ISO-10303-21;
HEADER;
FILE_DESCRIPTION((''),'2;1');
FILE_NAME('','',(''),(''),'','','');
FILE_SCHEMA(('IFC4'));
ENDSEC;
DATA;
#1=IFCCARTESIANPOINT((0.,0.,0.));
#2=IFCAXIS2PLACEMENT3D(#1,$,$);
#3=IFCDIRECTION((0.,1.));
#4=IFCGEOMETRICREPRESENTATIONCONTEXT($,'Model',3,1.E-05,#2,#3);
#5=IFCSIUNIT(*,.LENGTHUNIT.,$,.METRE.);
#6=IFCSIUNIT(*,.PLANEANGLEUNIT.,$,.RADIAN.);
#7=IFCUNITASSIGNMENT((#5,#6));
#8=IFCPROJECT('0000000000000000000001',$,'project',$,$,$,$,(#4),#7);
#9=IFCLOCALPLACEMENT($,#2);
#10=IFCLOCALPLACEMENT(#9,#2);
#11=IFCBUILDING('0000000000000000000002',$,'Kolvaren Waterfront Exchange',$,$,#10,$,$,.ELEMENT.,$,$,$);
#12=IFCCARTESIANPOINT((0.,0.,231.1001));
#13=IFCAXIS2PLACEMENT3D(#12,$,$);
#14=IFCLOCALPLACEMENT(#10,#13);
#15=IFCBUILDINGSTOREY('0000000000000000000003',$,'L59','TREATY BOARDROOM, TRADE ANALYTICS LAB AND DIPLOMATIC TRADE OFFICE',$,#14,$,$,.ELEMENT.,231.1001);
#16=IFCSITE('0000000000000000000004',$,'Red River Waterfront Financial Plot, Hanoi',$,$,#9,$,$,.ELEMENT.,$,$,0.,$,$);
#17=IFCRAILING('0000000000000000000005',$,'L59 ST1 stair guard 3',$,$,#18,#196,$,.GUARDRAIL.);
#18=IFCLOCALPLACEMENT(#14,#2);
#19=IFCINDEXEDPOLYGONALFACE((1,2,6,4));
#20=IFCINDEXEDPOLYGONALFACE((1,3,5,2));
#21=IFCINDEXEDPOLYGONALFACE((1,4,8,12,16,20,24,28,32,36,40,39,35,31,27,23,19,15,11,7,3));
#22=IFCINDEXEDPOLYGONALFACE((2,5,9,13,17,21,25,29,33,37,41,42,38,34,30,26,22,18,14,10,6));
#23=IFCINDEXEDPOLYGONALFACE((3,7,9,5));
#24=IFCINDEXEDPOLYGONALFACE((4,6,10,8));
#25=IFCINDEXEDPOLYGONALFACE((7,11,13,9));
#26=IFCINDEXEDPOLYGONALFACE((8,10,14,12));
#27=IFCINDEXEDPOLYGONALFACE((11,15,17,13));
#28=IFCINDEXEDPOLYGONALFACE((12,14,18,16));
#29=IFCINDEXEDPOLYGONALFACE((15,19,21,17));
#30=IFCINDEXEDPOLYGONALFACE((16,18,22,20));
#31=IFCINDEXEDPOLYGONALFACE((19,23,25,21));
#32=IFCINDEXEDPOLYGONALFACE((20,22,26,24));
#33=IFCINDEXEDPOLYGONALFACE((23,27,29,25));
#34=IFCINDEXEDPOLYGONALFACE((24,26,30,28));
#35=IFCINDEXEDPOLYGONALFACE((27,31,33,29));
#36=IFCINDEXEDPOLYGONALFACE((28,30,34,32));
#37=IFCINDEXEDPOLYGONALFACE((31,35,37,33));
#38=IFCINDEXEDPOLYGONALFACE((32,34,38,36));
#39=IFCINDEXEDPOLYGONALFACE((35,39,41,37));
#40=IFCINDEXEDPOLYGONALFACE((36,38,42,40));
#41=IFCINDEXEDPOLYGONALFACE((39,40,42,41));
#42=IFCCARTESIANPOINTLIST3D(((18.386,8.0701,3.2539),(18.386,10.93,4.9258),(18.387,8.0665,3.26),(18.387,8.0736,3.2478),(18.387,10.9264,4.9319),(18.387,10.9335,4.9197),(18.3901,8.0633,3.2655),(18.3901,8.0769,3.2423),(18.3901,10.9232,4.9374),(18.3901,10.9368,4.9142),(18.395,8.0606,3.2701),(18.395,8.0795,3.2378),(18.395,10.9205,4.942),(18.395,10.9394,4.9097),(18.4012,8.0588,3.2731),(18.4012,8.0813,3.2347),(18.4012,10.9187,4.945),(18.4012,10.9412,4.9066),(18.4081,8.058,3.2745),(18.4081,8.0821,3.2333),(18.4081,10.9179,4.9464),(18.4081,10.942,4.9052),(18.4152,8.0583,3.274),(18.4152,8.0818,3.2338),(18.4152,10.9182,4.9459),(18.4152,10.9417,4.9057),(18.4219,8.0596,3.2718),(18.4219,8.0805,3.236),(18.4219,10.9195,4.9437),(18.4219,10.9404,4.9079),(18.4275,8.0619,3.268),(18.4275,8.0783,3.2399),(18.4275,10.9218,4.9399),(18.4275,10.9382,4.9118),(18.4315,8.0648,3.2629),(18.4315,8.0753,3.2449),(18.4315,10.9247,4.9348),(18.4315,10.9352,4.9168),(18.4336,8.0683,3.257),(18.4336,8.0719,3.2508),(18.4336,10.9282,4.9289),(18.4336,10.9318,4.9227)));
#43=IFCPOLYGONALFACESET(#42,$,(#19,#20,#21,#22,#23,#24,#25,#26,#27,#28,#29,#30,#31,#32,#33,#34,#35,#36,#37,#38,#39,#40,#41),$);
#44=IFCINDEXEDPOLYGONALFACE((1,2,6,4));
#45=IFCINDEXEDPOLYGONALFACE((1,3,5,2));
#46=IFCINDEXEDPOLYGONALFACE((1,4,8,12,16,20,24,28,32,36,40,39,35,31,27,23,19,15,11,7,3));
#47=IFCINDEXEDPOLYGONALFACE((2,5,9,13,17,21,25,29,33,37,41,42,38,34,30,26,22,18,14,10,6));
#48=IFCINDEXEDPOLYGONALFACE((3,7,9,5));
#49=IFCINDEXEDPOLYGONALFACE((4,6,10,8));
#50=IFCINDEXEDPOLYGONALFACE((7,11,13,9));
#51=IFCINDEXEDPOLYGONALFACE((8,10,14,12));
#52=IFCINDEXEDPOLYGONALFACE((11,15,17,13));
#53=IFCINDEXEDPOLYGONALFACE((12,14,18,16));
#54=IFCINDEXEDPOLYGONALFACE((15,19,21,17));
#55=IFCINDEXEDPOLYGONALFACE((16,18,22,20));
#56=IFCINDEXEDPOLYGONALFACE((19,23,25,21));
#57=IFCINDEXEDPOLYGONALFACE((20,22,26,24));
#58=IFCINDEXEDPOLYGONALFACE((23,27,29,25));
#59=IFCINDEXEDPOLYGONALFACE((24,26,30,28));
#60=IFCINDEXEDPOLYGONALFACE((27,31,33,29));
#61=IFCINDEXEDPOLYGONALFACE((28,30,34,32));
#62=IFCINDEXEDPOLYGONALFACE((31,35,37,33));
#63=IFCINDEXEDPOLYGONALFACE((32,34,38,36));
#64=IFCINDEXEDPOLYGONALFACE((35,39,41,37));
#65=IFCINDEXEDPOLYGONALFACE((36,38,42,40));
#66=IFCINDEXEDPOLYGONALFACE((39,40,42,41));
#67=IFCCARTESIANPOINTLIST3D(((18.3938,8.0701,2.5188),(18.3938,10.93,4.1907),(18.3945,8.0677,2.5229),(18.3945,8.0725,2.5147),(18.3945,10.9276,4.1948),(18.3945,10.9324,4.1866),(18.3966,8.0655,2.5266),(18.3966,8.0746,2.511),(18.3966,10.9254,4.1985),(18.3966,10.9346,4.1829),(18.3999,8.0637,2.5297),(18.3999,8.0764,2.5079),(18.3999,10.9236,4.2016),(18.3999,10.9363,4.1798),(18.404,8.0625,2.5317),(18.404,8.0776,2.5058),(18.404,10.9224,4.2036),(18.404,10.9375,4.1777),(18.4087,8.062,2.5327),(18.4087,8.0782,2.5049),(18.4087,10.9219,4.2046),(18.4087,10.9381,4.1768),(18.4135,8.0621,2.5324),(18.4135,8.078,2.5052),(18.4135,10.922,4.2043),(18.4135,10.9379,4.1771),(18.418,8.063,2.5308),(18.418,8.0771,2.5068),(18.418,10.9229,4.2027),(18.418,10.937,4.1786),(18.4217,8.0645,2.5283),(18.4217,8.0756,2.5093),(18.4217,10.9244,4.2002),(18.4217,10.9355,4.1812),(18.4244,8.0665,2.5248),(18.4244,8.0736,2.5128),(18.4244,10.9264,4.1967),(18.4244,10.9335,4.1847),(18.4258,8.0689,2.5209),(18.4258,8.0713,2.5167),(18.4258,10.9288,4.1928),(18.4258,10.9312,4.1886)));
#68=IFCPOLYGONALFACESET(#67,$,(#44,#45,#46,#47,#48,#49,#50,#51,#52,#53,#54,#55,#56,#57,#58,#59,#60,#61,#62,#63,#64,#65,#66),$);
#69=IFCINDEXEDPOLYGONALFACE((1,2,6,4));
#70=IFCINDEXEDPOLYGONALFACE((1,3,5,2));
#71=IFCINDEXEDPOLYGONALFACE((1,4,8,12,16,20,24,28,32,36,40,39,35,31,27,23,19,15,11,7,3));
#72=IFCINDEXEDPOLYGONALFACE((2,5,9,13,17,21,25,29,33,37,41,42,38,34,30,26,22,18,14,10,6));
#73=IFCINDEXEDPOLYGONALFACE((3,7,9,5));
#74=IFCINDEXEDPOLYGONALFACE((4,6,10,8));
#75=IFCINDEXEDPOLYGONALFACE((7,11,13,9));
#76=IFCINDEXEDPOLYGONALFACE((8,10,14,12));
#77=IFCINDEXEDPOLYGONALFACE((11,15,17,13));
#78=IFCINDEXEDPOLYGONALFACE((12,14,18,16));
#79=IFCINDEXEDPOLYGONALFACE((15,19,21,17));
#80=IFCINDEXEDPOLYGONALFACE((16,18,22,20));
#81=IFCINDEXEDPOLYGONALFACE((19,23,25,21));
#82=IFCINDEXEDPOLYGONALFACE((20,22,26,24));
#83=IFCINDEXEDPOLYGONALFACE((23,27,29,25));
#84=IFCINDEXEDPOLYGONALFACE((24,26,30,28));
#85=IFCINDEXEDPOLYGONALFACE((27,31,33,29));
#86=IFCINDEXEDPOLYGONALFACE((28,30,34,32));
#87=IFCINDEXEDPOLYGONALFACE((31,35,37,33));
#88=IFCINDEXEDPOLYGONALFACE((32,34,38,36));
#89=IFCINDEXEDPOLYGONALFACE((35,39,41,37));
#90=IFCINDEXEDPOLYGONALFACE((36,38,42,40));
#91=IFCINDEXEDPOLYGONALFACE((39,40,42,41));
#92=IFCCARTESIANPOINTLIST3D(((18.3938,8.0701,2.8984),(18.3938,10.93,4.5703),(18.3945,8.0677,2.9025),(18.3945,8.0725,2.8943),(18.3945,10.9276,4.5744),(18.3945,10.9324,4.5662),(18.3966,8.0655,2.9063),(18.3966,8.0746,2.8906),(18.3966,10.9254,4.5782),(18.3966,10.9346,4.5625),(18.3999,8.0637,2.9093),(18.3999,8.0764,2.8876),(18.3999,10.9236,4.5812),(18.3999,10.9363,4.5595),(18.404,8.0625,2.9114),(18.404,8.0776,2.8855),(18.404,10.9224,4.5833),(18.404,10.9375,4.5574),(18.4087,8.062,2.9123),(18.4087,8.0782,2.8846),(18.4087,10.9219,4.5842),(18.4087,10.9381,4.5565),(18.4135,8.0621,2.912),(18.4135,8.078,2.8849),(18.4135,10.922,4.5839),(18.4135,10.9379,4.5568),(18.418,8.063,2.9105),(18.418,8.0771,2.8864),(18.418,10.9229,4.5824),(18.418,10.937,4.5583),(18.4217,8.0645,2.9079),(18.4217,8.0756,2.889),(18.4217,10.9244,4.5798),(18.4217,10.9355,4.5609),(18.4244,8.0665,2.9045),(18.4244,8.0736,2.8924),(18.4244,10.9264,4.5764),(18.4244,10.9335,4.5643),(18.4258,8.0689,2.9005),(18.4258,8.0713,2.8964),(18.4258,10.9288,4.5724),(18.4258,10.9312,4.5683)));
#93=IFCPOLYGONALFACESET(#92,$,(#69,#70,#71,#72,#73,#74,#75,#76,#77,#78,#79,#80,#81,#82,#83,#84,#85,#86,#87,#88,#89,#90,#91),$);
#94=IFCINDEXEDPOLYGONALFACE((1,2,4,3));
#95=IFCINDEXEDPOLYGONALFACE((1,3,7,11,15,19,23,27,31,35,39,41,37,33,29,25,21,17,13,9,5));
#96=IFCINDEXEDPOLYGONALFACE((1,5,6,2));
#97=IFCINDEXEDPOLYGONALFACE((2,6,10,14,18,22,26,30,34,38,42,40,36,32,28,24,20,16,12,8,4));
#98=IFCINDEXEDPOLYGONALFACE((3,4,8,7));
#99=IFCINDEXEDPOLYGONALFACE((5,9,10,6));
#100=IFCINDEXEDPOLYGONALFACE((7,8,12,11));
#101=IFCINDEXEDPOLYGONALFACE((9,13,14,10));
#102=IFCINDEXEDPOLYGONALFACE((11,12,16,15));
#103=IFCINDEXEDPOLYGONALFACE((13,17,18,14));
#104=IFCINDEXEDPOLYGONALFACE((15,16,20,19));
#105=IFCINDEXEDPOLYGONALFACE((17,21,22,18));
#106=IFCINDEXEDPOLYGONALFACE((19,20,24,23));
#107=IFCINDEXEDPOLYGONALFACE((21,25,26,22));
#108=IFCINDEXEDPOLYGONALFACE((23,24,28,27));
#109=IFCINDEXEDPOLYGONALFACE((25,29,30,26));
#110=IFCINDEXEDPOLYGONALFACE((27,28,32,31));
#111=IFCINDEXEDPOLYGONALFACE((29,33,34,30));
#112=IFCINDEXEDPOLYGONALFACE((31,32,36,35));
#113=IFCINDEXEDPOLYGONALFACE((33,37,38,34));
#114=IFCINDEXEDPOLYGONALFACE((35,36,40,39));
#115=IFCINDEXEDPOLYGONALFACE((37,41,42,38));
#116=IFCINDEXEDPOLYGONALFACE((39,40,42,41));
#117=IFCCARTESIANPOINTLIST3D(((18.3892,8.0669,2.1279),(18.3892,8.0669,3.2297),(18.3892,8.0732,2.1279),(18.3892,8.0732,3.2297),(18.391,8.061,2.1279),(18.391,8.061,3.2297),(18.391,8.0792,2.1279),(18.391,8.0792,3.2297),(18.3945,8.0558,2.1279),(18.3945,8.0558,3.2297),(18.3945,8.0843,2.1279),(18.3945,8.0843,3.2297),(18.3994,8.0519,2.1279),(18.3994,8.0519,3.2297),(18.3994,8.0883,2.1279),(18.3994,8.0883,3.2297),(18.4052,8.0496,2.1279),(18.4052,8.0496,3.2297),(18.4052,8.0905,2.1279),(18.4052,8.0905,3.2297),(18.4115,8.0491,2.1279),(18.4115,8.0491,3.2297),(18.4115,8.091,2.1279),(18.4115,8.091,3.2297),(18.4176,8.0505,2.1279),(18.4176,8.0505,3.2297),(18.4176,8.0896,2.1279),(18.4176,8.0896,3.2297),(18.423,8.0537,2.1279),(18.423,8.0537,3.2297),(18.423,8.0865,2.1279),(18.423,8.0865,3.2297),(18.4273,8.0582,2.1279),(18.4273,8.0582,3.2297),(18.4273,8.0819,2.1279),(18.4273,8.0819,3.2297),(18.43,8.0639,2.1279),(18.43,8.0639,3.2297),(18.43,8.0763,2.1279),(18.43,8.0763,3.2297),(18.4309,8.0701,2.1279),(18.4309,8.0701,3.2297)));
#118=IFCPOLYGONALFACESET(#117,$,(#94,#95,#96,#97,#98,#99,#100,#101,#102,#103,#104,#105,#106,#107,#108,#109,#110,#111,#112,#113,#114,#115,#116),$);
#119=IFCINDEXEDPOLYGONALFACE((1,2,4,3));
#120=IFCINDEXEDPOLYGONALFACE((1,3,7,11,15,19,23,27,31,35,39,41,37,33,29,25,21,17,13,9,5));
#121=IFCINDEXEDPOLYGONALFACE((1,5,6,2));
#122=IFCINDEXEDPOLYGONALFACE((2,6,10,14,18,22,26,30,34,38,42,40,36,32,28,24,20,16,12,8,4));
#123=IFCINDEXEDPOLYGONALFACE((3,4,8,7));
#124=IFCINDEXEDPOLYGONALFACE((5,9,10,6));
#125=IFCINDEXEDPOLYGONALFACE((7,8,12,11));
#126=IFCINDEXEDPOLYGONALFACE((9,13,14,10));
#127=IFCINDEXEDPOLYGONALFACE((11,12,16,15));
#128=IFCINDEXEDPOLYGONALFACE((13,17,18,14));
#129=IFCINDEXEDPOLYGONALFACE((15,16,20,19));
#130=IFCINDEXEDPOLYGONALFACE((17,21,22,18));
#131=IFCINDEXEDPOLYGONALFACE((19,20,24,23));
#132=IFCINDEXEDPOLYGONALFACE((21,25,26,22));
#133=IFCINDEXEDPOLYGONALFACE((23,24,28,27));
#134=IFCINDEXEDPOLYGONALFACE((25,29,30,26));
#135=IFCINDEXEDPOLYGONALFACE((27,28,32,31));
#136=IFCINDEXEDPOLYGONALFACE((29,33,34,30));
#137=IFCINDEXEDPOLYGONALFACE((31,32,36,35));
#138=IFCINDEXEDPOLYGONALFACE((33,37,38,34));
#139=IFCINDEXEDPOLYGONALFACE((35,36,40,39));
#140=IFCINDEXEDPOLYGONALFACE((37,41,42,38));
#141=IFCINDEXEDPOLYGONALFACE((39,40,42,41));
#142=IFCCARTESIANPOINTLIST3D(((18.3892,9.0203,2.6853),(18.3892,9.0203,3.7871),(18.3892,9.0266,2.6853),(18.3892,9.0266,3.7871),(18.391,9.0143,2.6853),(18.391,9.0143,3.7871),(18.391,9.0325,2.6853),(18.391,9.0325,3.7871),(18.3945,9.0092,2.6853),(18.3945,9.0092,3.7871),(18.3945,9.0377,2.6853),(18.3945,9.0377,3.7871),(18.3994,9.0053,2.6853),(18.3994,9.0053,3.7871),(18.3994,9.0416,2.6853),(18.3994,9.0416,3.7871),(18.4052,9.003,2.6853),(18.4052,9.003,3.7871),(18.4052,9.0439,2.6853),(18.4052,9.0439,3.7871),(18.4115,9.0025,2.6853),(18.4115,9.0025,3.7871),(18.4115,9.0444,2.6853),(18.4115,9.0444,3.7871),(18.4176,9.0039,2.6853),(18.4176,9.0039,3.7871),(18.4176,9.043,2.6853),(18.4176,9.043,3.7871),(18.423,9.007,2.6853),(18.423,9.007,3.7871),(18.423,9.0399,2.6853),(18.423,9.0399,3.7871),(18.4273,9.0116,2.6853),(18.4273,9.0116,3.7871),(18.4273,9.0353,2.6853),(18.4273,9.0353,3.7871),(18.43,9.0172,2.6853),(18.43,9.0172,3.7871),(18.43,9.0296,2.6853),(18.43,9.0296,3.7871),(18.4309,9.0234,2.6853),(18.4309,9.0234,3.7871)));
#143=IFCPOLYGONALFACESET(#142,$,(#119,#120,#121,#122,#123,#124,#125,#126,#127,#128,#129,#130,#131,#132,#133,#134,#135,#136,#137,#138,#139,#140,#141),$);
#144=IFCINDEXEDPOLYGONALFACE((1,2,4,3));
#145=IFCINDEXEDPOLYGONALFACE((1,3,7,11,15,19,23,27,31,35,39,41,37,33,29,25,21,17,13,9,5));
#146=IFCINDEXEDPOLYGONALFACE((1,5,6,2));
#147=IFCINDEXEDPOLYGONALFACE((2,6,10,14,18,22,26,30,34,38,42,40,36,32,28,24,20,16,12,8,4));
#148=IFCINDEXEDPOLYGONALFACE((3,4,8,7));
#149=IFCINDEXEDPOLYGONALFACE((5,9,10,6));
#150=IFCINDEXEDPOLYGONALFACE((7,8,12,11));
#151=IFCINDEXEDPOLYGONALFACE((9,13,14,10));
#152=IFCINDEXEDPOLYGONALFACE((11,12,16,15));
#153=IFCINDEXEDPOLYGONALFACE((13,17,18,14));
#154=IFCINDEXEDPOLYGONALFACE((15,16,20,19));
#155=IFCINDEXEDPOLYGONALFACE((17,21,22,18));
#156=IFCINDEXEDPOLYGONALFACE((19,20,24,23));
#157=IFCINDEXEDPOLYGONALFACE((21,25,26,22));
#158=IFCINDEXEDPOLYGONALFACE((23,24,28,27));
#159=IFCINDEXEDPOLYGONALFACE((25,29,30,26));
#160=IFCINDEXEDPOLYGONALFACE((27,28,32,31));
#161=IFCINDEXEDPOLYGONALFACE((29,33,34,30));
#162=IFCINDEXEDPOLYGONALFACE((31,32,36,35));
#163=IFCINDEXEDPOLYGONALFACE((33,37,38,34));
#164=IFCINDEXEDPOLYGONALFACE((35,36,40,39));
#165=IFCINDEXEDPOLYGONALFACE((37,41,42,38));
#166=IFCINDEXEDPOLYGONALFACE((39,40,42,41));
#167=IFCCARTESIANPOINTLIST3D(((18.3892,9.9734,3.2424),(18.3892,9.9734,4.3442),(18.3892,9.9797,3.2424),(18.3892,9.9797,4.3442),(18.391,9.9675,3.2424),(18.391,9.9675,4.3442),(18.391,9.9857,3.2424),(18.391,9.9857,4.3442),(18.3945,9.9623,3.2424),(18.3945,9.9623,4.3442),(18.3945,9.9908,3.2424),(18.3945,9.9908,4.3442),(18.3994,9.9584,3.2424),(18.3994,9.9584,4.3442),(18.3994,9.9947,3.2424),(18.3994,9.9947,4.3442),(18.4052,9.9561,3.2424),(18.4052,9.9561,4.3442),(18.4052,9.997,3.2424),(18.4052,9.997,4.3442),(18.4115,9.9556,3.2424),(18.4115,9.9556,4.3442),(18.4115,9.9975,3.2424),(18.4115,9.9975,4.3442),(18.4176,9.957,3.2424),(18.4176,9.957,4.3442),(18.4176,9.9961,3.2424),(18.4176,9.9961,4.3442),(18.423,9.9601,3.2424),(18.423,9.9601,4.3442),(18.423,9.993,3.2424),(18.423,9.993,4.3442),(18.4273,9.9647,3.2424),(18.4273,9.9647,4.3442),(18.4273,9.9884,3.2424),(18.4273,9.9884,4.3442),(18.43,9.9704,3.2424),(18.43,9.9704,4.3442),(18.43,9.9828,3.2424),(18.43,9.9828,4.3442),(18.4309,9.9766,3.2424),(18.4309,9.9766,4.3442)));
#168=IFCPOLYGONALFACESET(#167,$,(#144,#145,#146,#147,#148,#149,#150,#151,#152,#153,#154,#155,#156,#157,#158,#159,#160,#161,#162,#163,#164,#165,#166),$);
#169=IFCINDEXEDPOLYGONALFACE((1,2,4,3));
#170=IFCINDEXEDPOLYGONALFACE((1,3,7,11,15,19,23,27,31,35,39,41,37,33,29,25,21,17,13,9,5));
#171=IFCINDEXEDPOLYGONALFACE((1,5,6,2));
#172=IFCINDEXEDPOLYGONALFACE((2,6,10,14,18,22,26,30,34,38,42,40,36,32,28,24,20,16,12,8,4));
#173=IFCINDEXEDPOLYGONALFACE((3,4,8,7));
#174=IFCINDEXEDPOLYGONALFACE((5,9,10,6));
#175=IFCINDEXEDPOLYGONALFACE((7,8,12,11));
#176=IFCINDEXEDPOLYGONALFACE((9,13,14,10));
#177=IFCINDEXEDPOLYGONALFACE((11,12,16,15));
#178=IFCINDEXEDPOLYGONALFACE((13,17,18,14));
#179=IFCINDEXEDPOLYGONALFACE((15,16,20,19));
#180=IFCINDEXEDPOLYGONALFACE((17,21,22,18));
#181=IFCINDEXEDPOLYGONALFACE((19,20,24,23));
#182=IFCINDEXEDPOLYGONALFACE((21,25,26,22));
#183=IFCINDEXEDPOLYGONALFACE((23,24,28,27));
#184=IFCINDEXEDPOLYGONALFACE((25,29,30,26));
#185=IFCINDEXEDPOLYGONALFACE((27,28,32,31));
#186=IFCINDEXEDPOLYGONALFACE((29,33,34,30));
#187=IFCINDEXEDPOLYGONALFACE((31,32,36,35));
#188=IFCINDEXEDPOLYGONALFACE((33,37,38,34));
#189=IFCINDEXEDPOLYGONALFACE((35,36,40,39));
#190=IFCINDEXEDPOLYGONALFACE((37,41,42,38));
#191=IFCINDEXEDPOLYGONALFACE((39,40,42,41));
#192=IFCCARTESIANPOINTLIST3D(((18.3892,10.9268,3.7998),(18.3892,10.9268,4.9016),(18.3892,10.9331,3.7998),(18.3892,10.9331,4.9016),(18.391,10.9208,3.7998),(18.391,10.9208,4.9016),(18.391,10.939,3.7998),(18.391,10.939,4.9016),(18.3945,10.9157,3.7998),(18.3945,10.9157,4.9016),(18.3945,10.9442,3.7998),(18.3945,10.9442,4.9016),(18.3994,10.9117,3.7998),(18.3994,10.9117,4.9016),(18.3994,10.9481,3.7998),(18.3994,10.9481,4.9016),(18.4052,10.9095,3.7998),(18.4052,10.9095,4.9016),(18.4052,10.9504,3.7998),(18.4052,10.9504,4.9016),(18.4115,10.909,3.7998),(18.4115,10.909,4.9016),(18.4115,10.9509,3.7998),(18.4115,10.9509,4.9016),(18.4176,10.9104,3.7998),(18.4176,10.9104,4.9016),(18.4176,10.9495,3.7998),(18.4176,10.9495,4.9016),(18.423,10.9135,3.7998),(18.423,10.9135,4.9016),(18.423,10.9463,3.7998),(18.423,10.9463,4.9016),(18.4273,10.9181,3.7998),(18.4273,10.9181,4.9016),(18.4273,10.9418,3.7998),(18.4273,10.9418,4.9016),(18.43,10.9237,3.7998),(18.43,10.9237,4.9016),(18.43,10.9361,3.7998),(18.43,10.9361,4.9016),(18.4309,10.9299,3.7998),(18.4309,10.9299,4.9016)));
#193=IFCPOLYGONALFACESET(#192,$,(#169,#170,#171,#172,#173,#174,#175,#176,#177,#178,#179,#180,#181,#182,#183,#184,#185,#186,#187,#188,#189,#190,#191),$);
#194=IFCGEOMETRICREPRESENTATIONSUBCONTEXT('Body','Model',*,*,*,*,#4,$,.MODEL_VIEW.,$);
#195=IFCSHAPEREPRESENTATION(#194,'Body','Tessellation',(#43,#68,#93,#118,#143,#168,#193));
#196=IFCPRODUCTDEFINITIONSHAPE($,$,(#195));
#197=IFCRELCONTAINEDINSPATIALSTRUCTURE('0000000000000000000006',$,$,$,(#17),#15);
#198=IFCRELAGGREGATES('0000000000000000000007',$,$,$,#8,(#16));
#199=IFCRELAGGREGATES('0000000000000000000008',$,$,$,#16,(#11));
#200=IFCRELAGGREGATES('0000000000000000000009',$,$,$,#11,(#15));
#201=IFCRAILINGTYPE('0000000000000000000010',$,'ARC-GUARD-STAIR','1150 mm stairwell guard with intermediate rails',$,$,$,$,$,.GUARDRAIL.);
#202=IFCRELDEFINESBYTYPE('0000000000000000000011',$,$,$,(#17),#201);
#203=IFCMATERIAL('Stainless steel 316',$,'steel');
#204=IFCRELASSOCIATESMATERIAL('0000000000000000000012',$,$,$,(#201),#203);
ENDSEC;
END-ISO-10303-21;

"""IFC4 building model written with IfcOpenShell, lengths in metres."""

from ifc_helpers import new_model, si_unit, direction, frame, origin, origin_2d, place, context, subcontext, project, spatial, circle, extrude, material, type_object, element, save


model = new_model("IFC4")

# Units and contexts
model_context = context("Model", 3, precision=1e-05, world=origin(), true_north=direction((0.0, 1.0)))
body_context = subcontext(model_context, "Body", "Model", "MODEL_VIEW")
ifc_project = project(units=[si_unit("LENGTHUNIT", "METRE"), si_unit("PLANEANGLEUNIT", "RADIAN")], contexts=[model_context])

# Site, building, storey
site_placement = place(None, origin())
site = spatial("IfcSite", under=ifc_project, at=site_placement, Name="Red River Waterfront Financial Plot, Hanoi", CompositionType="ELEMENT", RefElevation=0.0)
building_placement = place(site_placement, origin())
building = spatial("IfcBuilding", under=site, at=building_placement, Name="Kolvaren Waterfront Exchange", CompositionType="ELEMENT")
storey_placement = place(building_placement, frame((0.0, 0.0, 231.1001)))
storey = spatial("IfcBuildingStorey", under=building, at=storey_placement, Name="L59", Description="TREATY BOARDROOM, TRADE ANALYTICS LAB AND DIPLOMATIC TRADE OFFICE", CompositionType="ELEMENT", Elevation=231.1001)

# Railing
ifc_material_1 = material(Name="Stainless steel 316", Category="steel")
railing_type_1 = type_object("IfcRailingType", Name="ARC-GUARD-STAIR", Description="1150 mm stairwell guard with intermediate rails", PredefinedType="GUARDRAIL", material=ifc_material_1)
railing_1_placement = place(storey_placement, frame((18.4099, 8.0701, 2.1279)))
element("IfcRailing", 1, at=railing_1_placement, inside=storey, type_object=railing_type_1, Name="L59 ST1 stair guard 3", PredefinedType="GUARDRAIL", context=body_context, shape_type="SweptSolid", body=[
    extrude(circle(Radius=0.0239, at=origin_2d()), frame((0.0, 0.0, 1.126), z_axis=(0.0, 0.863303, 0.504686), x_axis=(-1.0, 0.0, 0.0)), (0.0, 0.0, 1.0), 3.3127),
    extrude(circle(Radius=0.0161, at=origin_2d()), frame((0.0, 0.0, 0.3909), z_axis=(0.0, 0.863303, 0.504686), x_axis=(-1.0, 0.0, 0.0)), (0.0, 0.0, 1.0), 3.3127),
    extrude(circle(Radius=0.0161, at=origin_2d()), frame((0.0, 0.0, 0.7705), z_axis=(0.0, 0.863303, 0.504686), x_axis=(-1.0, 0.0, 0.0)), (0.0, 0.0, 1.0), 3.3127),
    extrude(circle(Radius=0.021, at=origin_2d()), origin(), (0.0, 0.0, 1.0), 1.1018),
    extrude(circle(Radius=0.021, at=origin_2d()), frame((0.0, 0.9534, 0.5574)), (0.0, 0.0, 1.0), 1.1018),
    extrude(circle(Radius=0.021, at=origin_2d()), frame((0.0, 1.9065, 1.1145)), (0.0, 0.0, 1.0), 1.1018),
    extrude(circle(Radius=0.021, at=origin_2d()), frame((0.0, 2.8599, 1.6719)), (0.0, 0.0, 1.0), 1.1018),
])

save(model, "model.ifc")
